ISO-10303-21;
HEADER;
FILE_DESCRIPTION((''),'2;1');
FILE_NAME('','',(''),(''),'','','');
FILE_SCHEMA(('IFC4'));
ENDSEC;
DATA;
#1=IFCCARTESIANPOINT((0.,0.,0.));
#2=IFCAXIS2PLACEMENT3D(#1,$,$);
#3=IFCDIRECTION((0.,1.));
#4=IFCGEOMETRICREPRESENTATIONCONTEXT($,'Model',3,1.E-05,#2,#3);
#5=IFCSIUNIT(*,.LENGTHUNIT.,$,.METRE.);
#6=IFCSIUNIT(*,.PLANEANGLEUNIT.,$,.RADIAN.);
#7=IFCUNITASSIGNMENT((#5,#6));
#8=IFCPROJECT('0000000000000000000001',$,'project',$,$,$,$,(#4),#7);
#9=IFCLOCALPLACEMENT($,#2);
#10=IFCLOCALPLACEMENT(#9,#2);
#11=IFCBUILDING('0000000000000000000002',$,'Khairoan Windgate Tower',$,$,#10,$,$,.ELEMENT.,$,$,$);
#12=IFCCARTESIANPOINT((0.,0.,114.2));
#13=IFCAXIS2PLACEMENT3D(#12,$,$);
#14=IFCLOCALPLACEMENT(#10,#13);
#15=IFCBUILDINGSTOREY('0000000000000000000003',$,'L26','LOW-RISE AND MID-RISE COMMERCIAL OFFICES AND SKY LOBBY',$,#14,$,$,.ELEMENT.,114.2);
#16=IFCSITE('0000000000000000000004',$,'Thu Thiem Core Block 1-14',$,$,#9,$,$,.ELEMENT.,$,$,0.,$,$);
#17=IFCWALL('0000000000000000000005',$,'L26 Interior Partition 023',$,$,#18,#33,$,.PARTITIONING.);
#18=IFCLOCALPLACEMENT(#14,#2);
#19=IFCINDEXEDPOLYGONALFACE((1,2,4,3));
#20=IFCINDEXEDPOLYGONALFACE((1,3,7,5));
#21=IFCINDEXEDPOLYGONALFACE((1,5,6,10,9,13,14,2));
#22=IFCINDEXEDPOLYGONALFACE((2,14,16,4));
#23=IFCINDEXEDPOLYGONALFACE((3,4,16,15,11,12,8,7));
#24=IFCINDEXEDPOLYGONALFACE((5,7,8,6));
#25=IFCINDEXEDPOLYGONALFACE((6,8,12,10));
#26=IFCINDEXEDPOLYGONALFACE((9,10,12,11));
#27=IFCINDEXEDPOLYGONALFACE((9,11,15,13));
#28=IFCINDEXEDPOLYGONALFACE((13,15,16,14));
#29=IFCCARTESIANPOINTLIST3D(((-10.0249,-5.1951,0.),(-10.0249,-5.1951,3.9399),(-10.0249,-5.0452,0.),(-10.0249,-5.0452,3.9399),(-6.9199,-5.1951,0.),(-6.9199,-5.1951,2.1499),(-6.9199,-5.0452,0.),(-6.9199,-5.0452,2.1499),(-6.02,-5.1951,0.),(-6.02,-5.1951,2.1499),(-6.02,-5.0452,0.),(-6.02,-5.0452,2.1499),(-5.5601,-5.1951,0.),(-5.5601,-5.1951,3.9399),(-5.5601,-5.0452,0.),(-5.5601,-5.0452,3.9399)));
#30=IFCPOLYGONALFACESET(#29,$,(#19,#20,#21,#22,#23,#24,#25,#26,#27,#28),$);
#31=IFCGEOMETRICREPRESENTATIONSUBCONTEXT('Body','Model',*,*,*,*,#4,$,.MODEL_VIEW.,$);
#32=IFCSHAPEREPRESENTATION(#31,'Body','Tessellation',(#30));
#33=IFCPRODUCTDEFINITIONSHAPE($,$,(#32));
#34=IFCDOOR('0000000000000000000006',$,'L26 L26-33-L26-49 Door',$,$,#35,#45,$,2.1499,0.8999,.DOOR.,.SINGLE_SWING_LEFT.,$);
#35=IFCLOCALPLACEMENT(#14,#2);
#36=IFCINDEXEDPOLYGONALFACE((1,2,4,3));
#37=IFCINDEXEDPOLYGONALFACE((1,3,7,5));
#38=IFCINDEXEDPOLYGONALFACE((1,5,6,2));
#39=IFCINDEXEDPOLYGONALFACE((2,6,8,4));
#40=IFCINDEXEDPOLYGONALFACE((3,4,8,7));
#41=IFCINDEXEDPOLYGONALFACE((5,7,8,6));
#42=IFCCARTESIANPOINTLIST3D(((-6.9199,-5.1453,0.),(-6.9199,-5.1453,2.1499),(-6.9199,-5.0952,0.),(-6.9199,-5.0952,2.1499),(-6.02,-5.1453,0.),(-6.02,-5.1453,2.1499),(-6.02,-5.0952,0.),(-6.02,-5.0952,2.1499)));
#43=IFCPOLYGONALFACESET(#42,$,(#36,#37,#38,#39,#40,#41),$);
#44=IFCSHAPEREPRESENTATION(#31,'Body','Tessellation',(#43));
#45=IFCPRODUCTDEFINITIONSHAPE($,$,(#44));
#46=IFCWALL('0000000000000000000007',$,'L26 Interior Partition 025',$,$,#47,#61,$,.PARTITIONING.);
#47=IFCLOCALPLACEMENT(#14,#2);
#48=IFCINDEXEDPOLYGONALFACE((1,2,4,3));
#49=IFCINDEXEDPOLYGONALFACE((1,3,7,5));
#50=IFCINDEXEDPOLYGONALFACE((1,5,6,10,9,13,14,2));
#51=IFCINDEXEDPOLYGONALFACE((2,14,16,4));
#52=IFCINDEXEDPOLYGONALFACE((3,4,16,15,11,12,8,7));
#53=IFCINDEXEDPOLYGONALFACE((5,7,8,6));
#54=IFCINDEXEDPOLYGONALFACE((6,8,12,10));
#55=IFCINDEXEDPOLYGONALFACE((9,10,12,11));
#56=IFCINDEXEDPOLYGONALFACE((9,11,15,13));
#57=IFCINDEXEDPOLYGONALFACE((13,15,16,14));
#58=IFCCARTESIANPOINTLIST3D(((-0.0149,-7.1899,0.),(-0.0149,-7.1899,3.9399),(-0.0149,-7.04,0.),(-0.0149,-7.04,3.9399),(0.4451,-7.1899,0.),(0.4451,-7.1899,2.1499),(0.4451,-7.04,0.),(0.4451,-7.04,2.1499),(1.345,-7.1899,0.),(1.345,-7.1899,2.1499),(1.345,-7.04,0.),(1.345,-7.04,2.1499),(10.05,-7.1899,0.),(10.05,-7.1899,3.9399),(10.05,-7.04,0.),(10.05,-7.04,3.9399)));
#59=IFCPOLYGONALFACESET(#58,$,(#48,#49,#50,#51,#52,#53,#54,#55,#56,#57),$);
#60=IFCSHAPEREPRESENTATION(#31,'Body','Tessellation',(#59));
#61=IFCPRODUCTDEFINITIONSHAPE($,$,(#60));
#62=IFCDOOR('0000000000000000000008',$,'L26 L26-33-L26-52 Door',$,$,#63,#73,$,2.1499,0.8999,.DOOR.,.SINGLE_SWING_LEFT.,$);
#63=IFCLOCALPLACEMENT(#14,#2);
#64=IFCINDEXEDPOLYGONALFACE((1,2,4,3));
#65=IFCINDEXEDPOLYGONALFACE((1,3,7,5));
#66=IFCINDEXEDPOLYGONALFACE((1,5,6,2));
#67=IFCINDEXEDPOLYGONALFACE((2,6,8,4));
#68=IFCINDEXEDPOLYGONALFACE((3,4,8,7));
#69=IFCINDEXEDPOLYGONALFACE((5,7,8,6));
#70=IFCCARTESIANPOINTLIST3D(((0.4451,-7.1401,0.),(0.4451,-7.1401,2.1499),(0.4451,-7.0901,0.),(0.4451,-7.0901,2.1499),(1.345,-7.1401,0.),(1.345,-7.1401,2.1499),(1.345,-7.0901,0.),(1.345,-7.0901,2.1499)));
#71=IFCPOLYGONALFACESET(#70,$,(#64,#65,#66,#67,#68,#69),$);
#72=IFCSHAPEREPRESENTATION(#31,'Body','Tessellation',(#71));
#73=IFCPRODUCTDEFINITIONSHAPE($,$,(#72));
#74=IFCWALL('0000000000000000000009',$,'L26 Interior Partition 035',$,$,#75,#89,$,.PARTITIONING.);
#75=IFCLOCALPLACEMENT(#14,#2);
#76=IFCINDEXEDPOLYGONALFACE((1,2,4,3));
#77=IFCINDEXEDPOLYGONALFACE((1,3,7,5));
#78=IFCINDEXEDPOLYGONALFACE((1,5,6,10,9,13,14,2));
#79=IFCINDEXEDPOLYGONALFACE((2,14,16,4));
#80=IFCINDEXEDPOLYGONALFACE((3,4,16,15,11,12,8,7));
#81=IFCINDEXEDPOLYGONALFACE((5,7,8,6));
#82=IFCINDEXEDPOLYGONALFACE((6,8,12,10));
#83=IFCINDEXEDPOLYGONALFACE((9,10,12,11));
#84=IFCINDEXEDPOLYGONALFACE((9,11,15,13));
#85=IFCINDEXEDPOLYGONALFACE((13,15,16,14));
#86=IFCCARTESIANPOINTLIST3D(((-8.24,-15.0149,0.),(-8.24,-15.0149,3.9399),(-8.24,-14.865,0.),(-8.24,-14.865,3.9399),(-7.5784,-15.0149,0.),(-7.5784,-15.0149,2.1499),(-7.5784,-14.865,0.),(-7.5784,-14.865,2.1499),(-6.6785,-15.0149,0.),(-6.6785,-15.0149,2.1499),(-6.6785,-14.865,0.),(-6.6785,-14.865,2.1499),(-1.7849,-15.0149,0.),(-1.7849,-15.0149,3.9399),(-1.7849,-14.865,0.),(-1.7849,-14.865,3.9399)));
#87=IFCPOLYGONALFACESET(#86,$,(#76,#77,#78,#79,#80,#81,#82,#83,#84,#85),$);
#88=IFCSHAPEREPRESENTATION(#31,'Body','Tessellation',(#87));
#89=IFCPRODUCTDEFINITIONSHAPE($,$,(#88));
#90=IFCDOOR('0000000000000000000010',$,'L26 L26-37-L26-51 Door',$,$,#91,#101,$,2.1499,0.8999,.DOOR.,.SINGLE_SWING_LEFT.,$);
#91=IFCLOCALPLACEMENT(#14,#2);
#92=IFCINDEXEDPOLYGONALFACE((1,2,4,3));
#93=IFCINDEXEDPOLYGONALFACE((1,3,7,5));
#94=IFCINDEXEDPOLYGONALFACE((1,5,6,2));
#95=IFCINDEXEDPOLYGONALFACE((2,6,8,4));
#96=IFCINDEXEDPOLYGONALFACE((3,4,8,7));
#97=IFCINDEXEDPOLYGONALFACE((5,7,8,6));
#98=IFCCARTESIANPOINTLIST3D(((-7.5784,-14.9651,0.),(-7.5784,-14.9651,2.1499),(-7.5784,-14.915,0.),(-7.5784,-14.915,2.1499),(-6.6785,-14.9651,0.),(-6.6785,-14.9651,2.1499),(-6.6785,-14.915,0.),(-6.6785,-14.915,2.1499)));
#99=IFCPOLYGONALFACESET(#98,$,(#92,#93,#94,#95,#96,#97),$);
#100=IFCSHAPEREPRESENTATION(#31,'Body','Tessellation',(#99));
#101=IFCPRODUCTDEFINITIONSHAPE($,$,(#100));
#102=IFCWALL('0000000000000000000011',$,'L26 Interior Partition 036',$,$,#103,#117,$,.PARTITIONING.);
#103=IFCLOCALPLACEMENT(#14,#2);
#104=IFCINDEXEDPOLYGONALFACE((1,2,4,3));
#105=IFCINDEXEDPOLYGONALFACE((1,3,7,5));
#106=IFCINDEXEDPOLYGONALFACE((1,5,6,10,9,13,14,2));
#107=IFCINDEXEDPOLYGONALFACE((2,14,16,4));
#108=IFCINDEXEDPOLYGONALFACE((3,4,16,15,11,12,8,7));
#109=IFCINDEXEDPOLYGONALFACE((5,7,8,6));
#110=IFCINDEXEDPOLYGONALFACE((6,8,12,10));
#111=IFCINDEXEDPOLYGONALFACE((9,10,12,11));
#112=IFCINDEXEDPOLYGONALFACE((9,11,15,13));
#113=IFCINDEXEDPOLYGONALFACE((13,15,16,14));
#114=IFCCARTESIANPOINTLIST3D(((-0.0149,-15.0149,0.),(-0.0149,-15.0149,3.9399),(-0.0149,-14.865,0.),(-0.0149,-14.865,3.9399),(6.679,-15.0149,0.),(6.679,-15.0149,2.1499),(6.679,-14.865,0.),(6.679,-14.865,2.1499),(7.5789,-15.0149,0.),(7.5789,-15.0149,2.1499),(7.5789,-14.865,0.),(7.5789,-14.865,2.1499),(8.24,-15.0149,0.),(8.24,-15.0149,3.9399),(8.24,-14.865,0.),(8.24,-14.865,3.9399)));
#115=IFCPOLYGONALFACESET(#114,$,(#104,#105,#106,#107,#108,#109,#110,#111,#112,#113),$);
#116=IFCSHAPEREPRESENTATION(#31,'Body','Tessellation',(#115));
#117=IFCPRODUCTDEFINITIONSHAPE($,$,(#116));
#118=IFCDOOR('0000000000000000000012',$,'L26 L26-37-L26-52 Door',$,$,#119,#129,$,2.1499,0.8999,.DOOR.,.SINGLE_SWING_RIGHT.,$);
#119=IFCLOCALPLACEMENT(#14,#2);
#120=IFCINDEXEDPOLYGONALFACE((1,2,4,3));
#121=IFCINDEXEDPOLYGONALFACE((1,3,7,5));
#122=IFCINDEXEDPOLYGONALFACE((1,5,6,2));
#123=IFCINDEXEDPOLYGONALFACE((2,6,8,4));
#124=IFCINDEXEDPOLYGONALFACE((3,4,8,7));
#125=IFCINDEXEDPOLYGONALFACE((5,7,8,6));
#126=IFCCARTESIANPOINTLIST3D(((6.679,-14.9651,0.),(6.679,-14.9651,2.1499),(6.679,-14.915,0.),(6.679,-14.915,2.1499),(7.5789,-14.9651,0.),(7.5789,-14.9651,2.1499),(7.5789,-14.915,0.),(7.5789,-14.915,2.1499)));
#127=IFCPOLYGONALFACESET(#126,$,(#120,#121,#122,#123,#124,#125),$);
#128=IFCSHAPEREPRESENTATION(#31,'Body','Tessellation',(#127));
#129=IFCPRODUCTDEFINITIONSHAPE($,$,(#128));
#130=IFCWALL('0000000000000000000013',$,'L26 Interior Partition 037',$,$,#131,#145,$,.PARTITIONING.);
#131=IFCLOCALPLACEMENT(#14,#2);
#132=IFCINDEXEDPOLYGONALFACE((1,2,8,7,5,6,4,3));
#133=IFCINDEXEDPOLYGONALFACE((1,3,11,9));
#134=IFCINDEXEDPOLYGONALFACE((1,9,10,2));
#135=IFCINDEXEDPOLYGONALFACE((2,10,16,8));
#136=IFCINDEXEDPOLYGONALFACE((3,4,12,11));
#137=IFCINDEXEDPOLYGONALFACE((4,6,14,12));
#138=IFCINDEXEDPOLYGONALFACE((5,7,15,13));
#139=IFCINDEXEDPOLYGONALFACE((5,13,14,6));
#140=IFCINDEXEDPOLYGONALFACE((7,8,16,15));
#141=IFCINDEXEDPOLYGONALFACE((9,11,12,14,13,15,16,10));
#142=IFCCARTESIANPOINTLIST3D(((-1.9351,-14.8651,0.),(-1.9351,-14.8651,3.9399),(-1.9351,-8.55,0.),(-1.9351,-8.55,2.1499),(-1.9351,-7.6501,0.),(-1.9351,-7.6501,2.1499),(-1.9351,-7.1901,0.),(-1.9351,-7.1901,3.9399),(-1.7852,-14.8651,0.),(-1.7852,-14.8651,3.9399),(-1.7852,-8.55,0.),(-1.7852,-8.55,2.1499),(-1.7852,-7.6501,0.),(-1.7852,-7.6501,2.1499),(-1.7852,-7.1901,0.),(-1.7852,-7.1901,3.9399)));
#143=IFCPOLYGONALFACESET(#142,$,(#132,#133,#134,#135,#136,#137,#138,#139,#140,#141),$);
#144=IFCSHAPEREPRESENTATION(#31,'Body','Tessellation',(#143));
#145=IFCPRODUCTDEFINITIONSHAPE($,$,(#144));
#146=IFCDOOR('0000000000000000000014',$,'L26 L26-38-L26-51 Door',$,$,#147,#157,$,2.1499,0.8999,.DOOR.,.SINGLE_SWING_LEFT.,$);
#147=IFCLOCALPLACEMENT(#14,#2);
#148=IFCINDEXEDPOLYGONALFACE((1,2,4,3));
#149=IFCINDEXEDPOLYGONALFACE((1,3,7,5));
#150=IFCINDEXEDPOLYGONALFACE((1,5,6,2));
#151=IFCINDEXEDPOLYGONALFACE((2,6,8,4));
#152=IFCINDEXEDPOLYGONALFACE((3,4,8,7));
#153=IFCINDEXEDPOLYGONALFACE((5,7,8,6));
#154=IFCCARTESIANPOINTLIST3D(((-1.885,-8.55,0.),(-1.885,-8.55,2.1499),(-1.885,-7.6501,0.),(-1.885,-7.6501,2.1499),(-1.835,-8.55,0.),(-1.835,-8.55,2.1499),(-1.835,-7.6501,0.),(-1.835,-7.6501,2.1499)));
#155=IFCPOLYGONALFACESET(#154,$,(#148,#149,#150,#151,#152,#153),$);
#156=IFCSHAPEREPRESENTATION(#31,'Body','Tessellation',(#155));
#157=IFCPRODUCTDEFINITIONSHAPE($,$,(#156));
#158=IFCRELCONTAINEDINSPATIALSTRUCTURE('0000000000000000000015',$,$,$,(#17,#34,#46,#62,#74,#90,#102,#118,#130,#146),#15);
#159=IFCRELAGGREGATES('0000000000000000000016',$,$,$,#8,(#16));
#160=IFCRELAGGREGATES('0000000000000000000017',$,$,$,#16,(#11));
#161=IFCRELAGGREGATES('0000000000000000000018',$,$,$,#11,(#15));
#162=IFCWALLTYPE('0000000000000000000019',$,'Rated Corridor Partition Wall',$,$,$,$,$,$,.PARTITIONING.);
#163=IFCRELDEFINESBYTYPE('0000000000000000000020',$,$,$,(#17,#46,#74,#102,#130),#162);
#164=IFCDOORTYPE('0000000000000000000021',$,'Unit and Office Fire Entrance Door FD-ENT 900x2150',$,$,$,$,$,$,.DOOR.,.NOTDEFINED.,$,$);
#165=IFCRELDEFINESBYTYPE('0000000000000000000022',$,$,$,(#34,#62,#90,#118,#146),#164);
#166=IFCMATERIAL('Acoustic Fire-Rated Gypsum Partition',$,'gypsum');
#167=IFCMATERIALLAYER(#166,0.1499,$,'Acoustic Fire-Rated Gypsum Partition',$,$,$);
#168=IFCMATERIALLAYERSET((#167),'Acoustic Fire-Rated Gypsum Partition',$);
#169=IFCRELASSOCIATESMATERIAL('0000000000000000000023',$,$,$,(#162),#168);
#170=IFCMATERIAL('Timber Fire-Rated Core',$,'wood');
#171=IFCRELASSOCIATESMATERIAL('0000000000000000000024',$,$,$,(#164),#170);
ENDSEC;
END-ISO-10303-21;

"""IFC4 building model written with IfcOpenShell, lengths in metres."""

from ifc_helpers import new_model, si_unit, direction, frame, frame_2d, origin, place, context, subcontext, project, spatial, rectangle, extrude, material, layer, layer_set, type_object, element, fill, save


model = new_model("IFC4")

# Units and contexts
model_context = context("Model", 3, precision=1e-05, world=origin(), true_north=direction((0.0, 1.0)))
body_context = subcontext(model_context, "Body", "Model", "MODEL_VIEW")
ifc_project = project(units=[si_unit("LENGTHUNIT", "METRE"), si_unit("PLANEANGLEUNIT", "RADIAN")], contexts=[model_context])

# Site, building, storey
site_placement = place(None, origin())
site = spatial("IfcSite", under=ifc_project, at=site_placement, Name="Thu Thiem Core Block 1-14", CompositionType="ELEMENT", RefElevation=0.0)
building_placement = place(site_placement, origin())
building = spatial("IfcBuilding", under=site, at=building_placement, Name="Khairoan Windgate Tower", CompositionType="ELEMENT")
storey_placement = place(building_placement, frame((0.0, 0.0, 114.2)))
storey = spatial("IfcBuildingStorey", under=building, at=storey_placement, Name="L26", Description="LOW-RISE AND MID-RISE COMMERCIAL OFFICES AND SKY LOBBY", CompositionType="ELEMENT", Elevation=114.2)

# Walls, openings, doors
ifc_material_1 = material(Name="Acoustic Fire-Rated Gypsum Partition", Category="gypsum")
ifc_layer = layer(ifc_material_1, 0.1499, Name="Acoustic Fire-Rated Gypsum Partition")
ifc_layer_set = layer_set([ifc_layer], Name="Acoustic Fire-Rated Gypsum Partition")
wall_type = type_object("IfcWallType", Name="Rated Corridor Partition Wall", PredefinedType="PARTITIONING", material=ifc_layer_set)
wall_1_placement = place(storey_placement, frame((-10.0249, -5.1201, 0.0), z_axis=(0.0, 0.0, 1.0), x_axis=(1.0, 0.0, 0.0)))
wall_1 = element("IfcWall", 1, at=wall_1_placement, inside=storey, type_object=wall_type, Name="L26 Interior Partition 023", PredefinedType="PARTITIONING", context=body_context, shape_type="SweptSolid", body=[
    extrude(rectangle(XDim=4.4648, YDim=0.1499, at=frame_2d((2.2324, 0.0))), origin(), (0.0, 0.0, 1.0), 3.9399),
])
opening_1_placement = place(wall_1_placement, frame((3.105, 0.0, 0.0)))
opening_1 = element("IfcOpeningElement", 2, at=opening_1_placement, cuts=wall_1, PredefinedType="OPENING", context=body_context, shape_type="SweptSolid", body=[
    extrude(rectangle(XDim=0.8999, YDim=2.1499, at=frame_2d((0.45, 1.075))), frame((0.0, 0.085, 0.0), z_axis=(0.0, -1.0, 0.0), x_axis=(1.0, 0.0, 0.0)), (0.0, 0.0, 1.0), 0.1699),
])
ifc_material_2 = material(Name="Timber Fire-Rated Core", Category="wood")
door_type = type_object("IfcDoorType", Name="Unit and Office Fire Entrance Door FD-ENT 900x2150", OperationType="NOTDEFINED", PredefinedType="DOOR", material=ifc_material_2)
door_1_placement = place(opening_1_placement, origin())
door_1 = element("IfcDoor", 3, at=door_1_placement, inside=storey, type_object=door_type, Name="L26 L26-33-L26-49 Door", OperationType="SINGLE_SWING_LEFT", OverallHeight=2.1499, OverallWidth=0.8999, PredefinedType="DOOR", context=body_context, shape_type="SweptSolid", body=[
    extrude(rectangle(XDim=0.8999, YDim=2.1499, at=frame_2d((0.45, 1.075))), frame((0.0, 0.0249, 0.0), z_axis=(0.0, -1.0, 0.0), x_axis=(1.0, 0.0, 0.0)), (0.0, 0.0, 1.0), 0.05),
])
fill(opening_1, door_1)
wall_2_placement = place(storey_placement, frame((-0.0149, -7.115, 0.0), z_axis=(0.0, 0.0, 1.0), x_axis=(1.0, 0.0, 0.0)))
wall_2 = element("IfcWall", 4, at=wall_2_placement, inside=storey, type_object=wall_type, Name="L26 Interior Partition 025", PredefinedType="PARTITIONING", context=body_context, shape_type="SweptSolid", body=[
    extrude(rectangle(XDim=10.0649, YDim=0.1499, at=frame_2d((5.0325, 0.0))), origin(), (0.0, 0.0, 1.0), 3.9399),
])
opening_2_placement = place(wall_2_placement, frame((0.46, 0.0, 0.0)))
opening_2 = element("IfcOpeningElement", 5, at=opening_2_placement, cuts=wall_2, PredefinedType="OPENING", context=body_context, shape_type="SweptSolid", body=[
    extrude(rectangle(XDim=0.8999, YDim=2.1499, at=frame_2d((0.45, 1.075))), frame((0.0, 0.085, 0.0), z_axis=(0.0, -1.0, 0.0), x_axis=(1.0, 0.0, 0.0)), (0.0, 0.0, 1.0), 0.1699),
])
door_2_placement = place(opening_2_placement, origin())
door_2 = element("IfcDoor", 6, at=door_2_placement, inside=storey, type_object=door_type, Name="L26 L26-33-L26-52 Door", OperationType="SINGLE_SWING_LEFT", OverallHeight=2.1499, OverallWidth=0.8999, PredefinedType="DOOR", context=body_context, shape_type="SweptSolid", body=[
    extrude(rectangle(XDim=0.8999, YDim=2.1499, at=frame_2d((0.45, 1.075))), frame((0.0, 0.0249, 0.0), z_axis=(0.0, -1.0, 0.0), x_axis=(1.0, 0.0, 0.0)), (0.0, 0.0, 1.0), 0.05),
])
fill(opening_2, door_2)
wall_3_placement = place(storey_placement, frame((-8.24, -14.9399, 0.0), z_axis=(0.0, 0.0, 1.0), x_axis=(1.0, 0.0, 0.0)))
wall_3 = element("IfcWall", 7, at=wall_3_placement, inside=storey, type_object=wall_type, Name="L26 Interior Partition 035", PredefinedType="PARTITIONING", context=body_context, shape_type="SweptSolid", body=[
    extrude(rectangle(XDim=6.4551, YDim=0.1499, at=frame_2d((3.2275, 0.0))), origin(), (0.0, 0.0, 1.0), 3.9399),
])
opening_3_placement = place(wall_3_placement, frame((0.6616, 0.0, 0.0)))
opening_3 = element("IfcOpeningElement", 8, at=opening_3_placement, cuts=wall_3, PredefinedType="OPENING", context=body_context, shape_type="SweptSolid", body=[
    extrude(rectangle(XDim=0.8999, YDim=2.1499, at=frame_2d((0.45, 1.075))), frame((0.0, 0.085, 0.0), z_axis=(0.0, -1.0, 0.0), x_axis=(1.0, 0.0, 0.0)), (0.0, 0.0, 1.0), 0.1699),
])
door_3_placement = place(opening_3_placement, origin())
door_3 = element("IfcDoor", 9, at=door_3_placement, inside=storey, type_object=door_type, Name="L26 L26-37-L26-51 Door", OperationType="SINGLE_SWING_LEFT", OverallHeight=2.1499, OverallWidth=0.8999, PredefinedType="DOOR", context=body_context, shape_type="SweptSolid", body=[
    extrude(rectangle(XDim=0.8999, YDim=2.1499, at=frame_2d((0.45, 1.075))), frame((0.0, 0.0249, 0.0), z_axis=(0.0, -1.0, 0.0), x_axis=(1.0, 0.0, 0.0)), (0.0, 0.0, 1.0), 0.05),
])
fill(opening_3, door_3)
wall_4_placement = place(storey_placement, frame((-0.0149, -14.9399, 0.0), z_axis=(0.0, 0.0, 1.0), x_axis=(1.0, 0.0, 0.0)))
wall_4 = element("IfcWall", 10, at=wall_4_placement, inside=storey, type_object=wall_type, Name="L26 Interior Partition 036", PredefinedType="PARTITIONING", context=body_context, shape_type="SweptSolid", body=[
    extrude(rectangle(XDim=8.2549, YDim=0.1499, at=frame_2d((4.1274, 0.0))), origin(), (0.0, 0.0, 1.0), 3.9399),
])
opening_4_placement = place(wall_4_placement, frame((6.6938, 0.0, 0.0)))
opening_4 = element("IfcOpeningElement", 11, at=opening_4_placement, cuts=wall_4, PredefinedType="OPENING", context=body_context, shape_type="SweptSolid", body=[
    extrude(rectangle(XDim=0.8999, YDim=2.1499, at=frame_2d((0.45, 1.075))), frame((0.0, 0.085, 0.0), z_axis=(0.0, -1.0, 0.0), x_axis=(1.0, 0.0, 0.0)), (0.0, 0.0, 1.0), 0.1699),
])
door_4_placement = place(opening_4_placement, origin())
door_4 = element("IfcDoor", 12, at=door_4_placement, inside=storey, type_object=door_type, Name="L26 L26-37-L26-52 Door", OperationType="SINGLE_SWING_RIGHT", OverallHeight=2.1499, OverallWidth=0.8999, PredefinedType="DOOR", context=body_context, shape_type="SweptSolid", body=[
    extrude(rectangle(XDim=0.8999, YDim=2.1499, at=frame_2d((0.45, 1.075))), frame((0.0, 0.0249, 0.0), z_axis=(0.0, -1.0, 0.0), x_axis=(1.0, 0.0, 0.0)), (0.0, 0.0, 1.0), 0.05),
])
fill(opening_4, door_4)
wall_5_placement = place(storey_placement, frame((-1.8601, -14.865, 0.0), z_axis=(0.0, 0.0, 1.0), x_axis=(0.0, 1.0, 0.0)))
wall_5 = element("IfcWall", 13, at=wall_5_placement, inside=storey, type_object=wall_type, Name="L26 Interior Partition 037", PredefinedType="PARTITIONING", context=body_context, shape_type="SweptSolid", body=[
    extrude(rectangle(XDim=7.675, YDim=0.1499, at=frame_2d((3.8374, 0.0))), origin(), (0.0, 0.0, 1.0), 3.9399),
])
opening_5_placement = place(wall_5_placement, frame((6.3149, 0.0, 0.0)))
opening_5 = element("IfcOpeningElement", 14, at=opening_5_placement, cuts=wall_5, PredefinedType="OPENING", context=body_context, shape_type="SweptSolid", body=[
    extrude(rectangle(XDim=0.8999, YDim=2.1499, at=frame_2d((0.45, 1.075))), frame((0.0, 0.085, 0.0), z_axis=(0.0, -1.0, 0.0), x_axis=(1.0, 0.0, 0.0)), (0.0, 0.0, 1.0), 0.1699),
])
door_5_placement = place(opening_5_placement, origin())
door_5 = element("IfcDoor", 15, at=door_5_placement, inside=storey, type_object=door_type, Name="L26 L26-38-L26-51 Door", OperationType="SINGLE_SWING_LEFT", OverallHeight=2.1499, OverallWidth=0.8999, PredefinedType="DOOR", context=body_context, shape_type="SweptSolid", body=[
    extrude(rectangle(XDim=0.8999, YDim=2.1499, at=frame_2d((0.45, 1.075))), frame((0.0, 0.0249, 0.0), z_axis=(0.0, -1.0, 0.0), x_axis=(1.0, 0.0, 0.0)), (0.0, 0.0, 1.0), 0.05),
])
fill(opening_5, door_5)

save(model, "model.ifc")
